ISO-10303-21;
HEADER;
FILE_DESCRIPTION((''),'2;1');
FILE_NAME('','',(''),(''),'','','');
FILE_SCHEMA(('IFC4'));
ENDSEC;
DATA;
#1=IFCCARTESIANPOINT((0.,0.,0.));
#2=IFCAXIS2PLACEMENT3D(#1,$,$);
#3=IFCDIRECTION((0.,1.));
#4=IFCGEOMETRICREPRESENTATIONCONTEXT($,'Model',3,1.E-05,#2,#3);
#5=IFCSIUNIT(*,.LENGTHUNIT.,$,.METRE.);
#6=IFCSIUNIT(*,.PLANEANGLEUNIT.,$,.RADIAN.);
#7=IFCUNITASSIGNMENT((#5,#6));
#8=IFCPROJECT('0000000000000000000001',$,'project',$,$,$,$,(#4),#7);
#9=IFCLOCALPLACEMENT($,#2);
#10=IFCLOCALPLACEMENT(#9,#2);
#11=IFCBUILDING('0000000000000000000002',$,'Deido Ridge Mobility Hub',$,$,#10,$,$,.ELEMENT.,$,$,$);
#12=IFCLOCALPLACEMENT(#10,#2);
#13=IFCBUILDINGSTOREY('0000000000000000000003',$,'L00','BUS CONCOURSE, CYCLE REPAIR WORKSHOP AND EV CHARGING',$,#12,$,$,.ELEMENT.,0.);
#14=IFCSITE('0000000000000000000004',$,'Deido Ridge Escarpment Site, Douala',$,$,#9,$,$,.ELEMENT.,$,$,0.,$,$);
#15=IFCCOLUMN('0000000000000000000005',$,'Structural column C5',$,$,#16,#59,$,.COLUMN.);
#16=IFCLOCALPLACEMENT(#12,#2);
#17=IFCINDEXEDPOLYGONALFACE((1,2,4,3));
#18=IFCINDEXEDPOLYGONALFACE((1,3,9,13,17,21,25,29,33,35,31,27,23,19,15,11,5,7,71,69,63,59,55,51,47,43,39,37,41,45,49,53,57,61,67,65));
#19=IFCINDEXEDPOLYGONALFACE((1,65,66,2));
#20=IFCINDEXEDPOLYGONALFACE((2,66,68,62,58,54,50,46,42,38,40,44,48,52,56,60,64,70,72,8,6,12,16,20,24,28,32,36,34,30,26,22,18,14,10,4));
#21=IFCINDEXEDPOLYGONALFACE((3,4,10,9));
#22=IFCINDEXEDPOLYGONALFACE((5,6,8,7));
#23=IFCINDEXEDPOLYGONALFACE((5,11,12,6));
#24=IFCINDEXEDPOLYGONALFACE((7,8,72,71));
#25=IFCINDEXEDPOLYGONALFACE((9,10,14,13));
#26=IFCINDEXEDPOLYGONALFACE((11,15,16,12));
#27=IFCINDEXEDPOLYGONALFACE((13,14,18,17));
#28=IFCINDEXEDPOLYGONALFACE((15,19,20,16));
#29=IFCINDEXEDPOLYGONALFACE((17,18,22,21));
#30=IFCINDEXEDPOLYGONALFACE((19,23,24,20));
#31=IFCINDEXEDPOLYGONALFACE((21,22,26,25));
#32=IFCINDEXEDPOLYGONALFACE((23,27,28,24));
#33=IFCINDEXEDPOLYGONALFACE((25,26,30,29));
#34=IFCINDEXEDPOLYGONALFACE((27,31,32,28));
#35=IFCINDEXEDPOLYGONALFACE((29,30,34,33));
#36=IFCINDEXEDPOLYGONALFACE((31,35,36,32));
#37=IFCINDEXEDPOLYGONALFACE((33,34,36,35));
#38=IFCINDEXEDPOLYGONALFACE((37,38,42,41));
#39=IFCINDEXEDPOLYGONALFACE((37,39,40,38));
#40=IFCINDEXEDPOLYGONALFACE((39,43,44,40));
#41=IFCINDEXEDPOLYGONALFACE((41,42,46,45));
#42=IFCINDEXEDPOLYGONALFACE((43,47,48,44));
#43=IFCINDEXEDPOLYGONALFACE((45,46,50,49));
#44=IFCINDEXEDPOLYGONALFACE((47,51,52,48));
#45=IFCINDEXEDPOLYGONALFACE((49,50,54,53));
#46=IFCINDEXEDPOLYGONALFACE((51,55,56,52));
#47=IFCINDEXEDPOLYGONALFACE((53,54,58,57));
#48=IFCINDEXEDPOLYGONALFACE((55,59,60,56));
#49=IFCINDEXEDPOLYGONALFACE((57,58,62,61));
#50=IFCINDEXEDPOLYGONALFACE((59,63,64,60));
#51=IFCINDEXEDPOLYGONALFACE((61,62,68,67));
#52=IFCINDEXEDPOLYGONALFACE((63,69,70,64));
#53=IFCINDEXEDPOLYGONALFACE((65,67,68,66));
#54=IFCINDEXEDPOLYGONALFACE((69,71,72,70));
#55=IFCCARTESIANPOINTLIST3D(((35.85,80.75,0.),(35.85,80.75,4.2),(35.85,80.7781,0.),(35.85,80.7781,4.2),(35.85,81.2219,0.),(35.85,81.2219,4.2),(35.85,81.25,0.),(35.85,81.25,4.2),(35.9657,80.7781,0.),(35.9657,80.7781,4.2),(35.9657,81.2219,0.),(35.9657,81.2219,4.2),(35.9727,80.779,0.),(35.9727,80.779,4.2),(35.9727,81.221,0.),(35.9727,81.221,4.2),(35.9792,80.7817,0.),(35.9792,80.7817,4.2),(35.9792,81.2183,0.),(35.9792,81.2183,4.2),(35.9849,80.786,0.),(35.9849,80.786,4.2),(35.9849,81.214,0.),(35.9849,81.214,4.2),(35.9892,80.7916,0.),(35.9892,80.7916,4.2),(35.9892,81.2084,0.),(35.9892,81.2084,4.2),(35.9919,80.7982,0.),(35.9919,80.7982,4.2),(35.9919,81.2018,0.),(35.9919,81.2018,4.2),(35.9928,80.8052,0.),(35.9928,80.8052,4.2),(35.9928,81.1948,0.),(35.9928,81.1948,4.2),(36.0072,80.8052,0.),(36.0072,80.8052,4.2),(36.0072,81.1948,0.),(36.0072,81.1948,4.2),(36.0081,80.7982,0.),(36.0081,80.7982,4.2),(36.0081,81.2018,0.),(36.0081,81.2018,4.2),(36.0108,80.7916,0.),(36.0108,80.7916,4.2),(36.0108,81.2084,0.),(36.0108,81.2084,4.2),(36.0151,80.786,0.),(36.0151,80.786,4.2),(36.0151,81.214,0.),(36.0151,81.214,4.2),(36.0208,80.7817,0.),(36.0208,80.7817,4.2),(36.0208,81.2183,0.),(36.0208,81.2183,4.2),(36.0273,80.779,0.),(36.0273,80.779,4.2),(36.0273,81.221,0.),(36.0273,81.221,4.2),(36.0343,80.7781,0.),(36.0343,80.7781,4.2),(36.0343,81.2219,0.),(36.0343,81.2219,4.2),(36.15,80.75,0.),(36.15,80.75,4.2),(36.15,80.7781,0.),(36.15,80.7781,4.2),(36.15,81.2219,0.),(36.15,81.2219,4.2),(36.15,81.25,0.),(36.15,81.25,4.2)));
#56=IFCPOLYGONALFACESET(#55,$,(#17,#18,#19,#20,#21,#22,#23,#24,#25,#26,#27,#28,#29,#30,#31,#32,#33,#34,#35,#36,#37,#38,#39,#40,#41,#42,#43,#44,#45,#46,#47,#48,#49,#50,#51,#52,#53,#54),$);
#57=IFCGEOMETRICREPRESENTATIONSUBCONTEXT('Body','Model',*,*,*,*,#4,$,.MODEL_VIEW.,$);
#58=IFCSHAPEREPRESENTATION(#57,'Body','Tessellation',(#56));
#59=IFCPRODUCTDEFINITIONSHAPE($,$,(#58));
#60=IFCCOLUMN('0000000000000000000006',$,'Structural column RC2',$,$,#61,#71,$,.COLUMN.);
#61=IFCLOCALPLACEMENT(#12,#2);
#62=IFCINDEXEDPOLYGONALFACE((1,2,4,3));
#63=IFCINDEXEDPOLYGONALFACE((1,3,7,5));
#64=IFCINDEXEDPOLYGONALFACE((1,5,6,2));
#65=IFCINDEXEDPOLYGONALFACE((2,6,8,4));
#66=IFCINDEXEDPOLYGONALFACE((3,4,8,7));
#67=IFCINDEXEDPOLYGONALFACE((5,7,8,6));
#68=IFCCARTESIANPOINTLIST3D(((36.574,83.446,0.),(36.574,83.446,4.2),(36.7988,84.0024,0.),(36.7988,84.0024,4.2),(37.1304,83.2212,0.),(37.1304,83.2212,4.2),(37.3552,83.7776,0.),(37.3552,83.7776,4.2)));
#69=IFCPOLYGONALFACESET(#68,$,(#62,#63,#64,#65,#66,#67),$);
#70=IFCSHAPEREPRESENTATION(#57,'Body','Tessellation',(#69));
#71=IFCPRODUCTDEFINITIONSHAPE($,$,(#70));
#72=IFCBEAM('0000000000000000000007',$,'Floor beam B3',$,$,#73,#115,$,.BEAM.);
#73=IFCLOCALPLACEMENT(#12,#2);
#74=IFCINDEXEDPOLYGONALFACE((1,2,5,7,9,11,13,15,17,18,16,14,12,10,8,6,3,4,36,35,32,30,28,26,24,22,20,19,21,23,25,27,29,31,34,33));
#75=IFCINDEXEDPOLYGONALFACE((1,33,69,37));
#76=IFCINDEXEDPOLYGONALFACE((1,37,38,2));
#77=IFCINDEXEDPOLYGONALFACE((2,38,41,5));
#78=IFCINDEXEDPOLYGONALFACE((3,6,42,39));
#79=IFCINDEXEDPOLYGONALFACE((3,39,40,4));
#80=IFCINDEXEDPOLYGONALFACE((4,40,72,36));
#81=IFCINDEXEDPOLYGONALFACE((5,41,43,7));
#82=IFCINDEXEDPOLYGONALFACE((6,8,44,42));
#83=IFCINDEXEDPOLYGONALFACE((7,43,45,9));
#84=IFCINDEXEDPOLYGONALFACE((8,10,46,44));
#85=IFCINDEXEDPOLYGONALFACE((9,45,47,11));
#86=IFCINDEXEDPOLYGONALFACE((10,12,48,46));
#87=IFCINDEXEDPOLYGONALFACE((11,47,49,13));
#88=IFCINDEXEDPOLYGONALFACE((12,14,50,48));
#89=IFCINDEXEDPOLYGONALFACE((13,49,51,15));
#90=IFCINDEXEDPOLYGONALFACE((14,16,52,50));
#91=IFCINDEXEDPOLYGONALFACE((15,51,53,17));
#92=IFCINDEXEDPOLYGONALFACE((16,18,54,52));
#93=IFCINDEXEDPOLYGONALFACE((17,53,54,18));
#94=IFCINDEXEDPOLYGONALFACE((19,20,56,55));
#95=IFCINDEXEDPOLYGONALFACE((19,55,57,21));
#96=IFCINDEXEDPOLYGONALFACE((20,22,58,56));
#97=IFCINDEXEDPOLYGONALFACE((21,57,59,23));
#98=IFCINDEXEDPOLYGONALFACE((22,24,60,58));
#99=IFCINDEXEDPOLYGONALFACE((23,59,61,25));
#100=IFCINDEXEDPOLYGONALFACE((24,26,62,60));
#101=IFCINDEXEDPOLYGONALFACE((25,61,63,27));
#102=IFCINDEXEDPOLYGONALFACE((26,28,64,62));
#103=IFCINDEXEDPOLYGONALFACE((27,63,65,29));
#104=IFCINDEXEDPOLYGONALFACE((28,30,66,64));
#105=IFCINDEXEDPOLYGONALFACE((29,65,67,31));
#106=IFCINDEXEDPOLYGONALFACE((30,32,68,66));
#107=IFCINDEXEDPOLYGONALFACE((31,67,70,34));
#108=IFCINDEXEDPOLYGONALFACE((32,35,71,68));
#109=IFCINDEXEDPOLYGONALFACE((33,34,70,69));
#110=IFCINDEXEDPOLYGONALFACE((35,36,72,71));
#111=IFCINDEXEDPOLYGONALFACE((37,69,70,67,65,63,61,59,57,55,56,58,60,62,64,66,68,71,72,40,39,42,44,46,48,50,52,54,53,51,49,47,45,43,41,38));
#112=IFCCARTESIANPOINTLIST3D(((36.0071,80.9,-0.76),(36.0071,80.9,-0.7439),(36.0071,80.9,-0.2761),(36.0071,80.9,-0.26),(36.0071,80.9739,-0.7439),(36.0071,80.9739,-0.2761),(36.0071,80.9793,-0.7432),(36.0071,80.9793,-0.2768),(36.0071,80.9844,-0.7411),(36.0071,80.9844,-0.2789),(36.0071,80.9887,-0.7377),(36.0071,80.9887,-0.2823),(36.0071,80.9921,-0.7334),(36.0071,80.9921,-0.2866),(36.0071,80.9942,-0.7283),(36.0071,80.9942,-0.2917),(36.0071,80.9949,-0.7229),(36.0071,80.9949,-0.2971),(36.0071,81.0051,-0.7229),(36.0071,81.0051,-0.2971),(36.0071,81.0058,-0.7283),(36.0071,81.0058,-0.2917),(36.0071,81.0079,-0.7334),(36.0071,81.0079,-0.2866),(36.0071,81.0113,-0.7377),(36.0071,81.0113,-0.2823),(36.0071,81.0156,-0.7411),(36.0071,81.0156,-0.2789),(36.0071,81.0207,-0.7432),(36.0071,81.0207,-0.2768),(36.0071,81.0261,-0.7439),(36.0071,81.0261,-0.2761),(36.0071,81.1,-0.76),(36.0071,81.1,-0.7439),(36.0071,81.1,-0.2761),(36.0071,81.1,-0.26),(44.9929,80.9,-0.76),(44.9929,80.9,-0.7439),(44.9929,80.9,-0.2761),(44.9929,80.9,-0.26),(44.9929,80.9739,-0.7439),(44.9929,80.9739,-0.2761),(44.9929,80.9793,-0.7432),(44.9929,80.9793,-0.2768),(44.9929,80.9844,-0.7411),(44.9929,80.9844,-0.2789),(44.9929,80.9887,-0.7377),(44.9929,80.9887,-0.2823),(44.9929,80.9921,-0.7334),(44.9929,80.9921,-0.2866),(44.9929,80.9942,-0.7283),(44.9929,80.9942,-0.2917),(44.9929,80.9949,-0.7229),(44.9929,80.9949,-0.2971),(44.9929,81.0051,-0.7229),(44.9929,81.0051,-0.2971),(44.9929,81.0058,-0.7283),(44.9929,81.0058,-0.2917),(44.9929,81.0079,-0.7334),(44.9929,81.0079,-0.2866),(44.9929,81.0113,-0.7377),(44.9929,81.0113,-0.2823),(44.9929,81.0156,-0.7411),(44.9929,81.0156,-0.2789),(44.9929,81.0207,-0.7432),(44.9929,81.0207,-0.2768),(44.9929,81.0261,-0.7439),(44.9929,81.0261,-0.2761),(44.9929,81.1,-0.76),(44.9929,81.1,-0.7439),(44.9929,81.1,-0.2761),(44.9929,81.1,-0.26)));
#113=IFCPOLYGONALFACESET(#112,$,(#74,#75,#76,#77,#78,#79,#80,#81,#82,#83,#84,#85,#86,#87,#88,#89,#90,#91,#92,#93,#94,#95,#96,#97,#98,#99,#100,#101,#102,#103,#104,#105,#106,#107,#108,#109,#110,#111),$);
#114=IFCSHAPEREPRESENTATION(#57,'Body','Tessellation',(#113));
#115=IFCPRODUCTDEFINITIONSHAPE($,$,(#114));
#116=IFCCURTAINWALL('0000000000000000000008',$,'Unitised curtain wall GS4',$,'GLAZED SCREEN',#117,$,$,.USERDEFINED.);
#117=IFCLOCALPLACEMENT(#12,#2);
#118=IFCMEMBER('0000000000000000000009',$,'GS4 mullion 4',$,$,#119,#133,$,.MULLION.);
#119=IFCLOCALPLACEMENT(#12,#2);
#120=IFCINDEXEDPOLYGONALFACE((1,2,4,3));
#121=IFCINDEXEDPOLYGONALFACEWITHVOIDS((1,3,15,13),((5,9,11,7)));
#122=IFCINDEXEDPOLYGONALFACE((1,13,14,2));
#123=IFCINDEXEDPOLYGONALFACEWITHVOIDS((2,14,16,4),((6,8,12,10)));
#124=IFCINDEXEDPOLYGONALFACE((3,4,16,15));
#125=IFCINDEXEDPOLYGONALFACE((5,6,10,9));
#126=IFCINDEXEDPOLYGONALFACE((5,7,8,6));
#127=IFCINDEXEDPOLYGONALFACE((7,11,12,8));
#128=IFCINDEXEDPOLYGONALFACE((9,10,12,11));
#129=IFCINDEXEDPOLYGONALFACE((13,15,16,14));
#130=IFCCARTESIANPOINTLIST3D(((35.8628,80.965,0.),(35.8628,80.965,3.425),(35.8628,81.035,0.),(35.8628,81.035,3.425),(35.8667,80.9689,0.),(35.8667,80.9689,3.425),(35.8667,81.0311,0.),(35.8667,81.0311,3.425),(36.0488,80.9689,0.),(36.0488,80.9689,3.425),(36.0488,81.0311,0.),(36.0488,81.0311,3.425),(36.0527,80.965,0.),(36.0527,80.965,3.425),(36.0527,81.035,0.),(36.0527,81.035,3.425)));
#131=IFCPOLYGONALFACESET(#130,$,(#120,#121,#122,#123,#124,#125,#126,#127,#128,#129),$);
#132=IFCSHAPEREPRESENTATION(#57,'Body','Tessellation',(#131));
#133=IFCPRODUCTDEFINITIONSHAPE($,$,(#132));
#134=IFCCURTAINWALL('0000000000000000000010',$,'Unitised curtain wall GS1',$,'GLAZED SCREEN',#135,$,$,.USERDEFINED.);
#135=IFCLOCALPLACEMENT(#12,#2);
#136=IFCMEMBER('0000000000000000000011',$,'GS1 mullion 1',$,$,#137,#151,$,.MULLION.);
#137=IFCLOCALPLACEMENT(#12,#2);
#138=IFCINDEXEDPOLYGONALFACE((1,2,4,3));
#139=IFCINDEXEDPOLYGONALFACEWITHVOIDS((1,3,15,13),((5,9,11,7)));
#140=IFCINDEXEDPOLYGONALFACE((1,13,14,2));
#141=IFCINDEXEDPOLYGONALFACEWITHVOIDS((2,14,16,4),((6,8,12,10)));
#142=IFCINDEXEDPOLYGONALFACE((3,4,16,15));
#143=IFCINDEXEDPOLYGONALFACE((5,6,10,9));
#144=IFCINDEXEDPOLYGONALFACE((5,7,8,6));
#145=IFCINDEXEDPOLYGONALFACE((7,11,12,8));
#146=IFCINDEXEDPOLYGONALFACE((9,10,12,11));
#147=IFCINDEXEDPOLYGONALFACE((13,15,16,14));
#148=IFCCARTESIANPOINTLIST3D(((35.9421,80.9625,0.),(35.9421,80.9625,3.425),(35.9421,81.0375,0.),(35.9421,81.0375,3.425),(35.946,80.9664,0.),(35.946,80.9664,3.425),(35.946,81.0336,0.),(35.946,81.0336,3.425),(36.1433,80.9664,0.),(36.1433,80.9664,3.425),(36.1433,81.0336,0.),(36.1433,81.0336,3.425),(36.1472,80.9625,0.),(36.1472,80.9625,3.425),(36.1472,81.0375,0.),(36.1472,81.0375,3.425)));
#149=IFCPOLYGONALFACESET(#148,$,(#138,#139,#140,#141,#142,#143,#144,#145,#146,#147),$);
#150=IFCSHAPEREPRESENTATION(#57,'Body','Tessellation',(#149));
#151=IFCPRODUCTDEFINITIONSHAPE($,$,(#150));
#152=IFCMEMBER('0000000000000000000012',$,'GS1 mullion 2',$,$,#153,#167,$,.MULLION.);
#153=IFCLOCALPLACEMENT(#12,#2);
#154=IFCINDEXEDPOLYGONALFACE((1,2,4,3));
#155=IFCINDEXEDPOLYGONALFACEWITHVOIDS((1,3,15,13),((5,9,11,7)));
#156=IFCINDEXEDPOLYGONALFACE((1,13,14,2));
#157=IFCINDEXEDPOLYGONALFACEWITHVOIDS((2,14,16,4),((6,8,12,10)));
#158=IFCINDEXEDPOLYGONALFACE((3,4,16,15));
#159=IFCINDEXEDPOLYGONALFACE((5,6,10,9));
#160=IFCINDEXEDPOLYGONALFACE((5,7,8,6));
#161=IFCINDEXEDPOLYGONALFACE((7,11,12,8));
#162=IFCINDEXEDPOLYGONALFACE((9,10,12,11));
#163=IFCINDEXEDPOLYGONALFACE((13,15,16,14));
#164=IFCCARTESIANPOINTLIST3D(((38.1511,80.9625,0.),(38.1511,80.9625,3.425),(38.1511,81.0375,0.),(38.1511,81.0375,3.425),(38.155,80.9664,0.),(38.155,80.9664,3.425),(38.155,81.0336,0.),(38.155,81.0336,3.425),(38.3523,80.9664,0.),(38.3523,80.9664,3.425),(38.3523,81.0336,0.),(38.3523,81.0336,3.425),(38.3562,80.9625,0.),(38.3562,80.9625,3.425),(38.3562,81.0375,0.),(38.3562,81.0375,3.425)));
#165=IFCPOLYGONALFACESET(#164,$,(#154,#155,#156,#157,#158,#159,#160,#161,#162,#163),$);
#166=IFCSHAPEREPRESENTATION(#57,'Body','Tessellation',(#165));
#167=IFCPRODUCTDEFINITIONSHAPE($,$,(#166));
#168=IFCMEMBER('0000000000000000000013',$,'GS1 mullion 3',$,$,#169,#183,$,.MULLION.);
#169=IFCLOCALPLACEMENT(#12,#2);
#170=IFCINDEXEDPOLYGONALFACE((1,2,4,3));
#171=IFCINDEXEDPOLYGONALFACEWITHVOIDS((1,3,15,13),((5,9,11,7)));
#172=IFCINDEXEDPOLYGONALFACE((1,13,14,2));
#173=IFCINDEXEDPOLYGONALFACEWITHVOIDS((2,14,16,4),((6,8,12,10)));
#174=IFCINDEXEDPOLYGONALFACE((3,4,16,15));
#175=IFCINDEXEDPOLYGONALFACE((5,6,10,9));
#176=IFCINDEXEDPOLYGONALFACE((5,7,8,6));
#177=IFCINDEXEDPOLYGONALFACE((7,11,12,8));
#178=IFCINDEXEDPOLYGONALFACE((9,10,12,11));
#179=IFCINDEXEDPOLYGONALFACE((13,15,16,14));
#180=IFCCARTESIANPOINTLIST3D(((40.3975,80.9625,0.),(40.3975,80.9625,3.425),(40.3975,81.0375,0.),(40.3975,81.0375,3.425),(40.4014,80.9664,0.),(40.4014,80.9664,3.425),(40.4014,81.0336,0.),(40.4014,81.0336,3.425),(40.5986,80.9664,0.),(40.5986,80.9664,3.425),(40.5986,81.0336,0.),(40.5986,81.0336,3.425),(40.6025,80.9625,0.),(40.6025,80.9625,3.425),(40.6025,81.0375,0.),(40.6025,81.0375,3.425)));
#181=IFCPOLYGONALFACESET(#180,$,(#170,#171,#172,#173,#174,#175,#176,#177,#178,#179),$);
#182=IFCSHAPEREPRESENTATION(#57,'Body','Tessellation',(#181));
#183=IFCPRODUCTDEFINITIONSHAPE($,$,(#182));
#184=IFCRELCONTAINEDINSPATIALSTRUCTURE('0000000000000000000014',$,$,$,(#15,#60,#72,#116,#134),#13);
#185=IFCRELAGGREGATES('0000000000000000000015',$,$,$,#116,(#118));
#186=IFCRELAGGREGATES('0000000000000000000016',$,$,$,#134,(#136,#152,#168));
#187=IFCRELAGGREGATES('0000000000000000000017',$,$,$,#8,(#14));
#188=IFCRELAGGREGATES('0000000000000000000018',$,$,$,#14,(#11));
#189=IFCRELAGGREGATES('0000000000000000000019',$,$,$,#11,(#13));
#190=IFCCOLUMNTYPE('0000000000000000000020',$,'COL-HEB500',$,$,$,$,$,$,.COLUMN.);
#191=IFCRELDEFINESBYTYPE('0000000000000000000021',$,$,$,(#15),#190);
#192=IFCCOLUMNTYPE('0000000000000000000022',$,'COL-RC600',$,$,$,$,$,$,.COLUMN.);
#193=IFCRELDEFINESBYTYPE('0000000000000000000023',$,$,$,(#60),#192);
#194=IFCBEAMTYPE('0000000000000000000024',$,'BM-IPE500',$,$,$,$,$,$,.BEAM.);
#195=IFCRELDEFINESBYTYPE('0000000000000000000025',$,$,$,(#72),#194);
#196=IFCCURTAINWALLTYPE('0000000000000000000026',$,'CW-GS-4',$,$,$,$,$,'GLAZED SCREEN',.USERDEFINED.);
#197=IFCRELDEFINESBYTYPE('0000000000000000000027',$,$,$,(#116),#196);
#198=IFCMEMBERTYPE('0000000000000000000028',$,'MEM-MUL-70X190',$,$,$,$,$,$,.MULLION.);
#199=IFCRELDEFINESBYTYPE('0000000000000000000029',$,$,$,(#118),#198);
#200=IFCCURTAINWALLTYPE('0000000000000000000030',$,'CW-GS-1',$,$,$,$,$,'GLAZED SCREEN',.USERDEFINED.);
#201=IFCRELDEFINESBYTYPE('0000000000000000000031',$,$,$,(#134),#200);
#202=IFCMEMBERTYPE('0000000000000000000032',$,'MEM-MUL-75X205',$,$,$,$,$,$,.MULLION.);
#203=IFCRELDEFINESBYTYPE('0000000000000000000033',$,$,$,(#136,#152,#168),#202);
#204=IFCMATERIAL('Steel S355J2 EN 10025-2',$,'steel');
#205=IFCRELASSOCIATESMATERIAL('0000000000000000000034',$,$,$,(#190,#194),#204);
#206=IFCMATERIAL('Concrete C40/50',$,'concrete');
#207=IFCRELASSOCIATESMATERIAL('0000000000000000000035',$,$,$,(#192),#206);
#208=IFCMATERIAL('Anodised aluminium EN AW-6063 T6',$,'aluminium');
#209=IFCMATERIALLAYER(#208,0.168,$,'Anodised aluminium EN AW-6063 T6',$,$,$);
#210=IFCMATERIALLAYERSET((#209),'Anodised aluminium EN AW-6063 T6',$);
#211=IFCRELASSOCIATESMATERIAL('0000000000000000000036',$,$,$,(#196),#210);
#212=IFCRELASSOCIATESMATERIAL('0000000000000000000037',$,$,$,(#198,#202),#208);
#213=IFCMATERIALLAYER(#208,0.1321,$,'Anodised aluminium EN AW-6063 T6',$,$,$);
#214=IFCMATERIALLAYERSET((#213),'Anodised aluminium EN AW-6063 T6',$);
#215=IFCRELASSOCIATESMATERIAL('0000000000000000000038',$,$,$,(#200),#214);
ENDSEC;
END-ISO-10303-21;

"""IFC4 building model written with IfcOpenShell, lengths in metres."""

from ifc_helpers import new_model, si_unit, direction, frame, origin, origin_2d, place, context, subcontext, project, spatial, rectangle, hollow_rectangle, i_section, extrude, material, layer, layer_set, material_profile, profile_set, type_object, element, aggregate, save


model = new_model("IFC4")

# Units and contexts
model_context = context("Model", 3, precision=1e-05, world=origin(), true_north=direction((0.0, 1.0)))
body_context = subcontext(model_context, "Body", "Model", "MODEL_VIEW")
ifc_project = project(units=[si_unit("LENGTHUNIT", "METRE"), si_unit("PLANEANGLEUNIT", "RADIAN")], contexts=[model_context])

# Site, building, storey
site_placement = place(None, origin())
site = spatial("IfcSite", under=ifc_project, at=site_placement, Name="Deido Ridge Escarpment Site, Douala", CompositionType="ELEMENT", RefElevation=0.0)
building_placement = place(site_placement, origin())
building = spatial("IfcBuilding", under=site, at=building_placement, Name="Deido Ridge Mobility Hub", CompositionType="ELEMENT")
storey_placement = place(building_placement, origin())
storey = spatial("IfcBuildingStorey", under=building, at=storey_placement, Name="L00", Description="BUS CONCOURSE, CYCLE REPAIR WORKSHOP AND EV CHARGING", CompositionType="ELEMENT", Elevation=0.0)

# Columns
ifc_material_1 = material(Name="Steel S355J2 EN 10025-2", Category="steel")
ifc_material_profile_1 = material_profile(ifc_material_1, i_section(OverallWidth=0.3, OverallDepth=0.5, WebThickness=0.0144, FlangeThickness=0.0281, FilletRadius=0.0271, at=origin_2d()), Name="HEB 500")
ifc_profile_set_1 = profile_set([ifc_material_profile_1], Name="Steel S355J2 EN 10025-2")
column_type_1 = type_object("IfcColumnType", Name="COL-HEB500", PredefinedType="COLUMN", material=ifc_profile_set_1)
column_1_placement = place(storey_placement, frame((36.0, 81.0, 0.0), z_axis=(0.0, 0.0, 1.0), x_axis=(1.0, 0.0, 0.0)))
element("IfcColumn", 1, at=column_1_placement, inside=storey, type_object=column_type_1, Name="Structural column C5", PredefinedType="COLUMN", context=body_context, shape_type="SweptSolid", body=[
    extrude(i_section(OverallWidth=0.3, OverallDepth=0.5, WebThickness=0.0144, FlangeThickness=0.0281, FilletRadius=0.0271, at=origin_2d()), origin(), (0.0, 0.0, 1.0), 4.2),
])
ifc_material_2 = material(Name="Concrete C40/50", Category="concrete")
ifc_material_profile_2 = material_profile(ifc_material_2, rectangle(XDim=0.6001, YDim=0.6001, at=origin_2d()), Name="RC COL 600x600")
ifc_profile_set_2 = profile_set([ifc_material_profile_2], Name="Concrete C40/50")
column_type_2 = type_object("IfcColumnType", Name="COL-RC600", PredefinedType="COLUMN", material=ifc_profile_set_2)
column_2_placement = place(storey_placement, frame((36.9646, 83.6118, 0.0), z_axis=(0.0, 0.0, 1.0), x_axis=(-0.374607, -0.927184, 0.0)))
element("IfcColumn", 2, at=column_2_placement, inside=storey, type_object=column_type_2, Name="Structural column RC2", PredefinedType="COLUMN", context=body_context, shape_type="SweptSolid", body=[
    extrude(rectangle(XDim=0.6001, YDim=0.6001, at=origin_2d()), origin(), (0.0, 0.0, 1.0), 4.2),
])

# Beam
ifc_material_profile_3 = material_profile(ifc_material_1, i_section(OverallWidth=0.2, OverallDepth=0.5, WebThickness=0.0103, FlangeThickness=0.0161, FilletRadius=0.021, at=origin_2d()), Name="IPE 500")
ifc_profile_set_3 = profile_set([ifc_material_profile_3], Name="Steel S355J2 EN 10025-2")
beam_type = type_object("IfcBeamType", Name="BM-IPE500", PredefinedType="BEAM", material=ifc_profile_set_3)
beam_placement = place(storey_placement, frame((36.0071, 81.0, -0.51), z_axis=(1.0, 0.0, 0.0), x_axis=(0.0, 1.0, 0.0)))
element("IfcBeam", 3, at=beam_placement, inside=storey, type_object=beam_type, Name="Floor beam B3", PredefinedType="BEAM", context=body_context, shape_type="SweptSolid", body=[
    extrude(i_section(OverallWidth=0.2, OverallDepth=0.5, WebThickness=0.0103, FlangeThickness=0.0161, FilletRadius=0.021, at=origin_2d()), origin(), (0.0, 0.0, 1.0), 8.9858),
])

# Curtain wall, member
ifc_material_3 = material(Name="Anodised aluminium EN AW-6063 T6", Category="aluminium")
ifc_layer_1 = layer(ifc_material_3, 0.168, Name="Anodised aluminium EN AW-6063 T6")
ifc_layer_set_1 = layer_set([ifc_layer_1], Name="Anodised aluminium EN AW-6063 T6")
curtain_wall_type_1 = type_object("IfcCurtainWallType", Name="CW-GS-4", ElementType="GLAZED SCREEN", PredefinedType="USERDEFINED", material=ifc_layer_set_1)
curtain_wall_1_placement = place(storey_placement, origin())
curtain_wall_1 = element("IfcCurtainWall", 4, at=curtain_wall_1_placement, inside=storey, type_object=curtain_wall_type_1, Name="Unitised curtain wall GS4", ObjectType="GLAZED SCREEN", PredefinedType="USERDEFINED")
ifc_material_profile_4 = material_profile(ifc_material_3, hollow_rectangle(XDim=0.0701, YDim=0.1899, WallThickness=0.0039, at=origin_2d()), Name="RHS 70x190x4")
ifc_profile_set_4 = profile_set([ifc_material_profile_4], Name="Anodised aluminium EN AW-6063 T6")
member_type_1 = type_object("IfcMemberType", Name="MEM-MUL-70X190", PredefinedType="MULLION", material=ifc_profile_set_4)
member_1_placement = place(storey_placement, frame((35.9578, 81.0, 0.0), z_axis=(0.0, 0.0, 1.0), x_axis=(0.0, 1.0, 0.0)))
member_1 = element("IfcMember", 5, at=member_1_placement, type_object=member_type_1, Name="GS4 mullion 4", PredefinedType="MULLION", context=body_context, shape_type="SweptSolid", body=[
    extrude(hollow_rectangle(XDim=0.0701, YDim=0.1899, WallThickness=0.0039, at=origin_2d()), origin(), (0.0, 0.0, 1.0), 3.425),
])

# Curtain wall, members
ifc_layer_2 = layer(ifc_material_3, 0.1321, Name="Anodised aluminium EN AW-6063 T6")
ifc_layer_set_2 = layer_set([ifc_layer_2], Name="Anodised aluminium EN AW-6063 T6")
curtain_wall_type_2 = type_object("IfcCurtainWallType", Name="CW-GS-1", ElementType="GLAZED SCREEN", PredefinedType="USERDEFINED", material=ifc_layer_set_2)
curtain_wall_2_placement = place(storey_placement, origin())
curtain_wall_2 = element("IfcCurtainWall", 6, at=curtain_wall_2_placement, inside=storey, type_object=curtain_wall_type_2, Name="Unitised curtain wall GS1", ObjectType="GLAZED SCREEN", PredefinedType="USERDEFINED")
ifc_material_profile_5 = material_profile(ifc_material_3, hollow_rectangle(XDim=0.075, YDim=0.2051, WallThickness=0.0039, at=origin_2d()), Name="RHS 75x205x4")
ifc_profile_set_5 = profile_set([ifc_material_profile_5], Name="Anodised aluminium EN AW-6063 T6")
member_type_2 = type_object("IfcMemberType", Name="MEM-MUL-75X205", PredefinedType="MULLION", material=ifc_profile_set_5)
member_2_placement = place(storey_placement, frame((36.0447, 81.0, 0.0), z_axis=(0.0, 0.0, 1.0), x_axis=(0.0, 1.0, 0.0)))
member_2 = element("IfcMember", 7, at=member_2_placement, type_object=member_type_2, Name="GS1 mullion 1", PredefinedType="MULLION", context=body_context, shape_type="SweptSolid", body=[
    extrude(hollow_rectangle(XDim=0.075, YDim=0.2051, WallThickness=0.0039, at=origin_2d()), origin(), (0.0, 0.0, 1.0), 3.425),
])
member_3_placement = place(storey_placement, frame((38.2537, 81.0, 0.0), z_axis=(0.0, 0.0, 1.0), x_axis=(0.0, 1.0, 0.0)))
member_3 = element("IfcMember", 8, at=member_3_placement, type_object=member_type_2, Name="GS1 mullion 2", PredefinedType="MULLION", context=body_context, shape_type="SweptSolid", body=[
    extrude(hollow_rectangle(XDim=0.075, YDim=0.2051, WallThickness=0.0039, at=origin_2d()), origin(), (0.0, 0.0, 1.0), 3.425),
])
member_4_placement = place(storey_placement, frame((40.5, 81.0, 0.0), z_axis=(0.0, 0.0, 1.0), x_axis=(0.0, 1.0, 0.0)))
member_4 = element("IfcMember", 9, at=member_4_placement, type_object=member_type_2, Name="GS1 mullion 3", PredefinedType="MULLION", context=body_context, shape_type="SweptSolid", body=[
    extrude(hollow_rectangle(XDim=0.075, YDim=0.2051, WallThickness=0.0039, at=origin_2d()), origin(), (0.0, 0.0, 1.0), 3.425),
])

aggregate(curtain_wall_1, [member_1])
aggregate(curtain_wall_2, [member_2, member_3, member_4])

save(model, "model.ifc")
